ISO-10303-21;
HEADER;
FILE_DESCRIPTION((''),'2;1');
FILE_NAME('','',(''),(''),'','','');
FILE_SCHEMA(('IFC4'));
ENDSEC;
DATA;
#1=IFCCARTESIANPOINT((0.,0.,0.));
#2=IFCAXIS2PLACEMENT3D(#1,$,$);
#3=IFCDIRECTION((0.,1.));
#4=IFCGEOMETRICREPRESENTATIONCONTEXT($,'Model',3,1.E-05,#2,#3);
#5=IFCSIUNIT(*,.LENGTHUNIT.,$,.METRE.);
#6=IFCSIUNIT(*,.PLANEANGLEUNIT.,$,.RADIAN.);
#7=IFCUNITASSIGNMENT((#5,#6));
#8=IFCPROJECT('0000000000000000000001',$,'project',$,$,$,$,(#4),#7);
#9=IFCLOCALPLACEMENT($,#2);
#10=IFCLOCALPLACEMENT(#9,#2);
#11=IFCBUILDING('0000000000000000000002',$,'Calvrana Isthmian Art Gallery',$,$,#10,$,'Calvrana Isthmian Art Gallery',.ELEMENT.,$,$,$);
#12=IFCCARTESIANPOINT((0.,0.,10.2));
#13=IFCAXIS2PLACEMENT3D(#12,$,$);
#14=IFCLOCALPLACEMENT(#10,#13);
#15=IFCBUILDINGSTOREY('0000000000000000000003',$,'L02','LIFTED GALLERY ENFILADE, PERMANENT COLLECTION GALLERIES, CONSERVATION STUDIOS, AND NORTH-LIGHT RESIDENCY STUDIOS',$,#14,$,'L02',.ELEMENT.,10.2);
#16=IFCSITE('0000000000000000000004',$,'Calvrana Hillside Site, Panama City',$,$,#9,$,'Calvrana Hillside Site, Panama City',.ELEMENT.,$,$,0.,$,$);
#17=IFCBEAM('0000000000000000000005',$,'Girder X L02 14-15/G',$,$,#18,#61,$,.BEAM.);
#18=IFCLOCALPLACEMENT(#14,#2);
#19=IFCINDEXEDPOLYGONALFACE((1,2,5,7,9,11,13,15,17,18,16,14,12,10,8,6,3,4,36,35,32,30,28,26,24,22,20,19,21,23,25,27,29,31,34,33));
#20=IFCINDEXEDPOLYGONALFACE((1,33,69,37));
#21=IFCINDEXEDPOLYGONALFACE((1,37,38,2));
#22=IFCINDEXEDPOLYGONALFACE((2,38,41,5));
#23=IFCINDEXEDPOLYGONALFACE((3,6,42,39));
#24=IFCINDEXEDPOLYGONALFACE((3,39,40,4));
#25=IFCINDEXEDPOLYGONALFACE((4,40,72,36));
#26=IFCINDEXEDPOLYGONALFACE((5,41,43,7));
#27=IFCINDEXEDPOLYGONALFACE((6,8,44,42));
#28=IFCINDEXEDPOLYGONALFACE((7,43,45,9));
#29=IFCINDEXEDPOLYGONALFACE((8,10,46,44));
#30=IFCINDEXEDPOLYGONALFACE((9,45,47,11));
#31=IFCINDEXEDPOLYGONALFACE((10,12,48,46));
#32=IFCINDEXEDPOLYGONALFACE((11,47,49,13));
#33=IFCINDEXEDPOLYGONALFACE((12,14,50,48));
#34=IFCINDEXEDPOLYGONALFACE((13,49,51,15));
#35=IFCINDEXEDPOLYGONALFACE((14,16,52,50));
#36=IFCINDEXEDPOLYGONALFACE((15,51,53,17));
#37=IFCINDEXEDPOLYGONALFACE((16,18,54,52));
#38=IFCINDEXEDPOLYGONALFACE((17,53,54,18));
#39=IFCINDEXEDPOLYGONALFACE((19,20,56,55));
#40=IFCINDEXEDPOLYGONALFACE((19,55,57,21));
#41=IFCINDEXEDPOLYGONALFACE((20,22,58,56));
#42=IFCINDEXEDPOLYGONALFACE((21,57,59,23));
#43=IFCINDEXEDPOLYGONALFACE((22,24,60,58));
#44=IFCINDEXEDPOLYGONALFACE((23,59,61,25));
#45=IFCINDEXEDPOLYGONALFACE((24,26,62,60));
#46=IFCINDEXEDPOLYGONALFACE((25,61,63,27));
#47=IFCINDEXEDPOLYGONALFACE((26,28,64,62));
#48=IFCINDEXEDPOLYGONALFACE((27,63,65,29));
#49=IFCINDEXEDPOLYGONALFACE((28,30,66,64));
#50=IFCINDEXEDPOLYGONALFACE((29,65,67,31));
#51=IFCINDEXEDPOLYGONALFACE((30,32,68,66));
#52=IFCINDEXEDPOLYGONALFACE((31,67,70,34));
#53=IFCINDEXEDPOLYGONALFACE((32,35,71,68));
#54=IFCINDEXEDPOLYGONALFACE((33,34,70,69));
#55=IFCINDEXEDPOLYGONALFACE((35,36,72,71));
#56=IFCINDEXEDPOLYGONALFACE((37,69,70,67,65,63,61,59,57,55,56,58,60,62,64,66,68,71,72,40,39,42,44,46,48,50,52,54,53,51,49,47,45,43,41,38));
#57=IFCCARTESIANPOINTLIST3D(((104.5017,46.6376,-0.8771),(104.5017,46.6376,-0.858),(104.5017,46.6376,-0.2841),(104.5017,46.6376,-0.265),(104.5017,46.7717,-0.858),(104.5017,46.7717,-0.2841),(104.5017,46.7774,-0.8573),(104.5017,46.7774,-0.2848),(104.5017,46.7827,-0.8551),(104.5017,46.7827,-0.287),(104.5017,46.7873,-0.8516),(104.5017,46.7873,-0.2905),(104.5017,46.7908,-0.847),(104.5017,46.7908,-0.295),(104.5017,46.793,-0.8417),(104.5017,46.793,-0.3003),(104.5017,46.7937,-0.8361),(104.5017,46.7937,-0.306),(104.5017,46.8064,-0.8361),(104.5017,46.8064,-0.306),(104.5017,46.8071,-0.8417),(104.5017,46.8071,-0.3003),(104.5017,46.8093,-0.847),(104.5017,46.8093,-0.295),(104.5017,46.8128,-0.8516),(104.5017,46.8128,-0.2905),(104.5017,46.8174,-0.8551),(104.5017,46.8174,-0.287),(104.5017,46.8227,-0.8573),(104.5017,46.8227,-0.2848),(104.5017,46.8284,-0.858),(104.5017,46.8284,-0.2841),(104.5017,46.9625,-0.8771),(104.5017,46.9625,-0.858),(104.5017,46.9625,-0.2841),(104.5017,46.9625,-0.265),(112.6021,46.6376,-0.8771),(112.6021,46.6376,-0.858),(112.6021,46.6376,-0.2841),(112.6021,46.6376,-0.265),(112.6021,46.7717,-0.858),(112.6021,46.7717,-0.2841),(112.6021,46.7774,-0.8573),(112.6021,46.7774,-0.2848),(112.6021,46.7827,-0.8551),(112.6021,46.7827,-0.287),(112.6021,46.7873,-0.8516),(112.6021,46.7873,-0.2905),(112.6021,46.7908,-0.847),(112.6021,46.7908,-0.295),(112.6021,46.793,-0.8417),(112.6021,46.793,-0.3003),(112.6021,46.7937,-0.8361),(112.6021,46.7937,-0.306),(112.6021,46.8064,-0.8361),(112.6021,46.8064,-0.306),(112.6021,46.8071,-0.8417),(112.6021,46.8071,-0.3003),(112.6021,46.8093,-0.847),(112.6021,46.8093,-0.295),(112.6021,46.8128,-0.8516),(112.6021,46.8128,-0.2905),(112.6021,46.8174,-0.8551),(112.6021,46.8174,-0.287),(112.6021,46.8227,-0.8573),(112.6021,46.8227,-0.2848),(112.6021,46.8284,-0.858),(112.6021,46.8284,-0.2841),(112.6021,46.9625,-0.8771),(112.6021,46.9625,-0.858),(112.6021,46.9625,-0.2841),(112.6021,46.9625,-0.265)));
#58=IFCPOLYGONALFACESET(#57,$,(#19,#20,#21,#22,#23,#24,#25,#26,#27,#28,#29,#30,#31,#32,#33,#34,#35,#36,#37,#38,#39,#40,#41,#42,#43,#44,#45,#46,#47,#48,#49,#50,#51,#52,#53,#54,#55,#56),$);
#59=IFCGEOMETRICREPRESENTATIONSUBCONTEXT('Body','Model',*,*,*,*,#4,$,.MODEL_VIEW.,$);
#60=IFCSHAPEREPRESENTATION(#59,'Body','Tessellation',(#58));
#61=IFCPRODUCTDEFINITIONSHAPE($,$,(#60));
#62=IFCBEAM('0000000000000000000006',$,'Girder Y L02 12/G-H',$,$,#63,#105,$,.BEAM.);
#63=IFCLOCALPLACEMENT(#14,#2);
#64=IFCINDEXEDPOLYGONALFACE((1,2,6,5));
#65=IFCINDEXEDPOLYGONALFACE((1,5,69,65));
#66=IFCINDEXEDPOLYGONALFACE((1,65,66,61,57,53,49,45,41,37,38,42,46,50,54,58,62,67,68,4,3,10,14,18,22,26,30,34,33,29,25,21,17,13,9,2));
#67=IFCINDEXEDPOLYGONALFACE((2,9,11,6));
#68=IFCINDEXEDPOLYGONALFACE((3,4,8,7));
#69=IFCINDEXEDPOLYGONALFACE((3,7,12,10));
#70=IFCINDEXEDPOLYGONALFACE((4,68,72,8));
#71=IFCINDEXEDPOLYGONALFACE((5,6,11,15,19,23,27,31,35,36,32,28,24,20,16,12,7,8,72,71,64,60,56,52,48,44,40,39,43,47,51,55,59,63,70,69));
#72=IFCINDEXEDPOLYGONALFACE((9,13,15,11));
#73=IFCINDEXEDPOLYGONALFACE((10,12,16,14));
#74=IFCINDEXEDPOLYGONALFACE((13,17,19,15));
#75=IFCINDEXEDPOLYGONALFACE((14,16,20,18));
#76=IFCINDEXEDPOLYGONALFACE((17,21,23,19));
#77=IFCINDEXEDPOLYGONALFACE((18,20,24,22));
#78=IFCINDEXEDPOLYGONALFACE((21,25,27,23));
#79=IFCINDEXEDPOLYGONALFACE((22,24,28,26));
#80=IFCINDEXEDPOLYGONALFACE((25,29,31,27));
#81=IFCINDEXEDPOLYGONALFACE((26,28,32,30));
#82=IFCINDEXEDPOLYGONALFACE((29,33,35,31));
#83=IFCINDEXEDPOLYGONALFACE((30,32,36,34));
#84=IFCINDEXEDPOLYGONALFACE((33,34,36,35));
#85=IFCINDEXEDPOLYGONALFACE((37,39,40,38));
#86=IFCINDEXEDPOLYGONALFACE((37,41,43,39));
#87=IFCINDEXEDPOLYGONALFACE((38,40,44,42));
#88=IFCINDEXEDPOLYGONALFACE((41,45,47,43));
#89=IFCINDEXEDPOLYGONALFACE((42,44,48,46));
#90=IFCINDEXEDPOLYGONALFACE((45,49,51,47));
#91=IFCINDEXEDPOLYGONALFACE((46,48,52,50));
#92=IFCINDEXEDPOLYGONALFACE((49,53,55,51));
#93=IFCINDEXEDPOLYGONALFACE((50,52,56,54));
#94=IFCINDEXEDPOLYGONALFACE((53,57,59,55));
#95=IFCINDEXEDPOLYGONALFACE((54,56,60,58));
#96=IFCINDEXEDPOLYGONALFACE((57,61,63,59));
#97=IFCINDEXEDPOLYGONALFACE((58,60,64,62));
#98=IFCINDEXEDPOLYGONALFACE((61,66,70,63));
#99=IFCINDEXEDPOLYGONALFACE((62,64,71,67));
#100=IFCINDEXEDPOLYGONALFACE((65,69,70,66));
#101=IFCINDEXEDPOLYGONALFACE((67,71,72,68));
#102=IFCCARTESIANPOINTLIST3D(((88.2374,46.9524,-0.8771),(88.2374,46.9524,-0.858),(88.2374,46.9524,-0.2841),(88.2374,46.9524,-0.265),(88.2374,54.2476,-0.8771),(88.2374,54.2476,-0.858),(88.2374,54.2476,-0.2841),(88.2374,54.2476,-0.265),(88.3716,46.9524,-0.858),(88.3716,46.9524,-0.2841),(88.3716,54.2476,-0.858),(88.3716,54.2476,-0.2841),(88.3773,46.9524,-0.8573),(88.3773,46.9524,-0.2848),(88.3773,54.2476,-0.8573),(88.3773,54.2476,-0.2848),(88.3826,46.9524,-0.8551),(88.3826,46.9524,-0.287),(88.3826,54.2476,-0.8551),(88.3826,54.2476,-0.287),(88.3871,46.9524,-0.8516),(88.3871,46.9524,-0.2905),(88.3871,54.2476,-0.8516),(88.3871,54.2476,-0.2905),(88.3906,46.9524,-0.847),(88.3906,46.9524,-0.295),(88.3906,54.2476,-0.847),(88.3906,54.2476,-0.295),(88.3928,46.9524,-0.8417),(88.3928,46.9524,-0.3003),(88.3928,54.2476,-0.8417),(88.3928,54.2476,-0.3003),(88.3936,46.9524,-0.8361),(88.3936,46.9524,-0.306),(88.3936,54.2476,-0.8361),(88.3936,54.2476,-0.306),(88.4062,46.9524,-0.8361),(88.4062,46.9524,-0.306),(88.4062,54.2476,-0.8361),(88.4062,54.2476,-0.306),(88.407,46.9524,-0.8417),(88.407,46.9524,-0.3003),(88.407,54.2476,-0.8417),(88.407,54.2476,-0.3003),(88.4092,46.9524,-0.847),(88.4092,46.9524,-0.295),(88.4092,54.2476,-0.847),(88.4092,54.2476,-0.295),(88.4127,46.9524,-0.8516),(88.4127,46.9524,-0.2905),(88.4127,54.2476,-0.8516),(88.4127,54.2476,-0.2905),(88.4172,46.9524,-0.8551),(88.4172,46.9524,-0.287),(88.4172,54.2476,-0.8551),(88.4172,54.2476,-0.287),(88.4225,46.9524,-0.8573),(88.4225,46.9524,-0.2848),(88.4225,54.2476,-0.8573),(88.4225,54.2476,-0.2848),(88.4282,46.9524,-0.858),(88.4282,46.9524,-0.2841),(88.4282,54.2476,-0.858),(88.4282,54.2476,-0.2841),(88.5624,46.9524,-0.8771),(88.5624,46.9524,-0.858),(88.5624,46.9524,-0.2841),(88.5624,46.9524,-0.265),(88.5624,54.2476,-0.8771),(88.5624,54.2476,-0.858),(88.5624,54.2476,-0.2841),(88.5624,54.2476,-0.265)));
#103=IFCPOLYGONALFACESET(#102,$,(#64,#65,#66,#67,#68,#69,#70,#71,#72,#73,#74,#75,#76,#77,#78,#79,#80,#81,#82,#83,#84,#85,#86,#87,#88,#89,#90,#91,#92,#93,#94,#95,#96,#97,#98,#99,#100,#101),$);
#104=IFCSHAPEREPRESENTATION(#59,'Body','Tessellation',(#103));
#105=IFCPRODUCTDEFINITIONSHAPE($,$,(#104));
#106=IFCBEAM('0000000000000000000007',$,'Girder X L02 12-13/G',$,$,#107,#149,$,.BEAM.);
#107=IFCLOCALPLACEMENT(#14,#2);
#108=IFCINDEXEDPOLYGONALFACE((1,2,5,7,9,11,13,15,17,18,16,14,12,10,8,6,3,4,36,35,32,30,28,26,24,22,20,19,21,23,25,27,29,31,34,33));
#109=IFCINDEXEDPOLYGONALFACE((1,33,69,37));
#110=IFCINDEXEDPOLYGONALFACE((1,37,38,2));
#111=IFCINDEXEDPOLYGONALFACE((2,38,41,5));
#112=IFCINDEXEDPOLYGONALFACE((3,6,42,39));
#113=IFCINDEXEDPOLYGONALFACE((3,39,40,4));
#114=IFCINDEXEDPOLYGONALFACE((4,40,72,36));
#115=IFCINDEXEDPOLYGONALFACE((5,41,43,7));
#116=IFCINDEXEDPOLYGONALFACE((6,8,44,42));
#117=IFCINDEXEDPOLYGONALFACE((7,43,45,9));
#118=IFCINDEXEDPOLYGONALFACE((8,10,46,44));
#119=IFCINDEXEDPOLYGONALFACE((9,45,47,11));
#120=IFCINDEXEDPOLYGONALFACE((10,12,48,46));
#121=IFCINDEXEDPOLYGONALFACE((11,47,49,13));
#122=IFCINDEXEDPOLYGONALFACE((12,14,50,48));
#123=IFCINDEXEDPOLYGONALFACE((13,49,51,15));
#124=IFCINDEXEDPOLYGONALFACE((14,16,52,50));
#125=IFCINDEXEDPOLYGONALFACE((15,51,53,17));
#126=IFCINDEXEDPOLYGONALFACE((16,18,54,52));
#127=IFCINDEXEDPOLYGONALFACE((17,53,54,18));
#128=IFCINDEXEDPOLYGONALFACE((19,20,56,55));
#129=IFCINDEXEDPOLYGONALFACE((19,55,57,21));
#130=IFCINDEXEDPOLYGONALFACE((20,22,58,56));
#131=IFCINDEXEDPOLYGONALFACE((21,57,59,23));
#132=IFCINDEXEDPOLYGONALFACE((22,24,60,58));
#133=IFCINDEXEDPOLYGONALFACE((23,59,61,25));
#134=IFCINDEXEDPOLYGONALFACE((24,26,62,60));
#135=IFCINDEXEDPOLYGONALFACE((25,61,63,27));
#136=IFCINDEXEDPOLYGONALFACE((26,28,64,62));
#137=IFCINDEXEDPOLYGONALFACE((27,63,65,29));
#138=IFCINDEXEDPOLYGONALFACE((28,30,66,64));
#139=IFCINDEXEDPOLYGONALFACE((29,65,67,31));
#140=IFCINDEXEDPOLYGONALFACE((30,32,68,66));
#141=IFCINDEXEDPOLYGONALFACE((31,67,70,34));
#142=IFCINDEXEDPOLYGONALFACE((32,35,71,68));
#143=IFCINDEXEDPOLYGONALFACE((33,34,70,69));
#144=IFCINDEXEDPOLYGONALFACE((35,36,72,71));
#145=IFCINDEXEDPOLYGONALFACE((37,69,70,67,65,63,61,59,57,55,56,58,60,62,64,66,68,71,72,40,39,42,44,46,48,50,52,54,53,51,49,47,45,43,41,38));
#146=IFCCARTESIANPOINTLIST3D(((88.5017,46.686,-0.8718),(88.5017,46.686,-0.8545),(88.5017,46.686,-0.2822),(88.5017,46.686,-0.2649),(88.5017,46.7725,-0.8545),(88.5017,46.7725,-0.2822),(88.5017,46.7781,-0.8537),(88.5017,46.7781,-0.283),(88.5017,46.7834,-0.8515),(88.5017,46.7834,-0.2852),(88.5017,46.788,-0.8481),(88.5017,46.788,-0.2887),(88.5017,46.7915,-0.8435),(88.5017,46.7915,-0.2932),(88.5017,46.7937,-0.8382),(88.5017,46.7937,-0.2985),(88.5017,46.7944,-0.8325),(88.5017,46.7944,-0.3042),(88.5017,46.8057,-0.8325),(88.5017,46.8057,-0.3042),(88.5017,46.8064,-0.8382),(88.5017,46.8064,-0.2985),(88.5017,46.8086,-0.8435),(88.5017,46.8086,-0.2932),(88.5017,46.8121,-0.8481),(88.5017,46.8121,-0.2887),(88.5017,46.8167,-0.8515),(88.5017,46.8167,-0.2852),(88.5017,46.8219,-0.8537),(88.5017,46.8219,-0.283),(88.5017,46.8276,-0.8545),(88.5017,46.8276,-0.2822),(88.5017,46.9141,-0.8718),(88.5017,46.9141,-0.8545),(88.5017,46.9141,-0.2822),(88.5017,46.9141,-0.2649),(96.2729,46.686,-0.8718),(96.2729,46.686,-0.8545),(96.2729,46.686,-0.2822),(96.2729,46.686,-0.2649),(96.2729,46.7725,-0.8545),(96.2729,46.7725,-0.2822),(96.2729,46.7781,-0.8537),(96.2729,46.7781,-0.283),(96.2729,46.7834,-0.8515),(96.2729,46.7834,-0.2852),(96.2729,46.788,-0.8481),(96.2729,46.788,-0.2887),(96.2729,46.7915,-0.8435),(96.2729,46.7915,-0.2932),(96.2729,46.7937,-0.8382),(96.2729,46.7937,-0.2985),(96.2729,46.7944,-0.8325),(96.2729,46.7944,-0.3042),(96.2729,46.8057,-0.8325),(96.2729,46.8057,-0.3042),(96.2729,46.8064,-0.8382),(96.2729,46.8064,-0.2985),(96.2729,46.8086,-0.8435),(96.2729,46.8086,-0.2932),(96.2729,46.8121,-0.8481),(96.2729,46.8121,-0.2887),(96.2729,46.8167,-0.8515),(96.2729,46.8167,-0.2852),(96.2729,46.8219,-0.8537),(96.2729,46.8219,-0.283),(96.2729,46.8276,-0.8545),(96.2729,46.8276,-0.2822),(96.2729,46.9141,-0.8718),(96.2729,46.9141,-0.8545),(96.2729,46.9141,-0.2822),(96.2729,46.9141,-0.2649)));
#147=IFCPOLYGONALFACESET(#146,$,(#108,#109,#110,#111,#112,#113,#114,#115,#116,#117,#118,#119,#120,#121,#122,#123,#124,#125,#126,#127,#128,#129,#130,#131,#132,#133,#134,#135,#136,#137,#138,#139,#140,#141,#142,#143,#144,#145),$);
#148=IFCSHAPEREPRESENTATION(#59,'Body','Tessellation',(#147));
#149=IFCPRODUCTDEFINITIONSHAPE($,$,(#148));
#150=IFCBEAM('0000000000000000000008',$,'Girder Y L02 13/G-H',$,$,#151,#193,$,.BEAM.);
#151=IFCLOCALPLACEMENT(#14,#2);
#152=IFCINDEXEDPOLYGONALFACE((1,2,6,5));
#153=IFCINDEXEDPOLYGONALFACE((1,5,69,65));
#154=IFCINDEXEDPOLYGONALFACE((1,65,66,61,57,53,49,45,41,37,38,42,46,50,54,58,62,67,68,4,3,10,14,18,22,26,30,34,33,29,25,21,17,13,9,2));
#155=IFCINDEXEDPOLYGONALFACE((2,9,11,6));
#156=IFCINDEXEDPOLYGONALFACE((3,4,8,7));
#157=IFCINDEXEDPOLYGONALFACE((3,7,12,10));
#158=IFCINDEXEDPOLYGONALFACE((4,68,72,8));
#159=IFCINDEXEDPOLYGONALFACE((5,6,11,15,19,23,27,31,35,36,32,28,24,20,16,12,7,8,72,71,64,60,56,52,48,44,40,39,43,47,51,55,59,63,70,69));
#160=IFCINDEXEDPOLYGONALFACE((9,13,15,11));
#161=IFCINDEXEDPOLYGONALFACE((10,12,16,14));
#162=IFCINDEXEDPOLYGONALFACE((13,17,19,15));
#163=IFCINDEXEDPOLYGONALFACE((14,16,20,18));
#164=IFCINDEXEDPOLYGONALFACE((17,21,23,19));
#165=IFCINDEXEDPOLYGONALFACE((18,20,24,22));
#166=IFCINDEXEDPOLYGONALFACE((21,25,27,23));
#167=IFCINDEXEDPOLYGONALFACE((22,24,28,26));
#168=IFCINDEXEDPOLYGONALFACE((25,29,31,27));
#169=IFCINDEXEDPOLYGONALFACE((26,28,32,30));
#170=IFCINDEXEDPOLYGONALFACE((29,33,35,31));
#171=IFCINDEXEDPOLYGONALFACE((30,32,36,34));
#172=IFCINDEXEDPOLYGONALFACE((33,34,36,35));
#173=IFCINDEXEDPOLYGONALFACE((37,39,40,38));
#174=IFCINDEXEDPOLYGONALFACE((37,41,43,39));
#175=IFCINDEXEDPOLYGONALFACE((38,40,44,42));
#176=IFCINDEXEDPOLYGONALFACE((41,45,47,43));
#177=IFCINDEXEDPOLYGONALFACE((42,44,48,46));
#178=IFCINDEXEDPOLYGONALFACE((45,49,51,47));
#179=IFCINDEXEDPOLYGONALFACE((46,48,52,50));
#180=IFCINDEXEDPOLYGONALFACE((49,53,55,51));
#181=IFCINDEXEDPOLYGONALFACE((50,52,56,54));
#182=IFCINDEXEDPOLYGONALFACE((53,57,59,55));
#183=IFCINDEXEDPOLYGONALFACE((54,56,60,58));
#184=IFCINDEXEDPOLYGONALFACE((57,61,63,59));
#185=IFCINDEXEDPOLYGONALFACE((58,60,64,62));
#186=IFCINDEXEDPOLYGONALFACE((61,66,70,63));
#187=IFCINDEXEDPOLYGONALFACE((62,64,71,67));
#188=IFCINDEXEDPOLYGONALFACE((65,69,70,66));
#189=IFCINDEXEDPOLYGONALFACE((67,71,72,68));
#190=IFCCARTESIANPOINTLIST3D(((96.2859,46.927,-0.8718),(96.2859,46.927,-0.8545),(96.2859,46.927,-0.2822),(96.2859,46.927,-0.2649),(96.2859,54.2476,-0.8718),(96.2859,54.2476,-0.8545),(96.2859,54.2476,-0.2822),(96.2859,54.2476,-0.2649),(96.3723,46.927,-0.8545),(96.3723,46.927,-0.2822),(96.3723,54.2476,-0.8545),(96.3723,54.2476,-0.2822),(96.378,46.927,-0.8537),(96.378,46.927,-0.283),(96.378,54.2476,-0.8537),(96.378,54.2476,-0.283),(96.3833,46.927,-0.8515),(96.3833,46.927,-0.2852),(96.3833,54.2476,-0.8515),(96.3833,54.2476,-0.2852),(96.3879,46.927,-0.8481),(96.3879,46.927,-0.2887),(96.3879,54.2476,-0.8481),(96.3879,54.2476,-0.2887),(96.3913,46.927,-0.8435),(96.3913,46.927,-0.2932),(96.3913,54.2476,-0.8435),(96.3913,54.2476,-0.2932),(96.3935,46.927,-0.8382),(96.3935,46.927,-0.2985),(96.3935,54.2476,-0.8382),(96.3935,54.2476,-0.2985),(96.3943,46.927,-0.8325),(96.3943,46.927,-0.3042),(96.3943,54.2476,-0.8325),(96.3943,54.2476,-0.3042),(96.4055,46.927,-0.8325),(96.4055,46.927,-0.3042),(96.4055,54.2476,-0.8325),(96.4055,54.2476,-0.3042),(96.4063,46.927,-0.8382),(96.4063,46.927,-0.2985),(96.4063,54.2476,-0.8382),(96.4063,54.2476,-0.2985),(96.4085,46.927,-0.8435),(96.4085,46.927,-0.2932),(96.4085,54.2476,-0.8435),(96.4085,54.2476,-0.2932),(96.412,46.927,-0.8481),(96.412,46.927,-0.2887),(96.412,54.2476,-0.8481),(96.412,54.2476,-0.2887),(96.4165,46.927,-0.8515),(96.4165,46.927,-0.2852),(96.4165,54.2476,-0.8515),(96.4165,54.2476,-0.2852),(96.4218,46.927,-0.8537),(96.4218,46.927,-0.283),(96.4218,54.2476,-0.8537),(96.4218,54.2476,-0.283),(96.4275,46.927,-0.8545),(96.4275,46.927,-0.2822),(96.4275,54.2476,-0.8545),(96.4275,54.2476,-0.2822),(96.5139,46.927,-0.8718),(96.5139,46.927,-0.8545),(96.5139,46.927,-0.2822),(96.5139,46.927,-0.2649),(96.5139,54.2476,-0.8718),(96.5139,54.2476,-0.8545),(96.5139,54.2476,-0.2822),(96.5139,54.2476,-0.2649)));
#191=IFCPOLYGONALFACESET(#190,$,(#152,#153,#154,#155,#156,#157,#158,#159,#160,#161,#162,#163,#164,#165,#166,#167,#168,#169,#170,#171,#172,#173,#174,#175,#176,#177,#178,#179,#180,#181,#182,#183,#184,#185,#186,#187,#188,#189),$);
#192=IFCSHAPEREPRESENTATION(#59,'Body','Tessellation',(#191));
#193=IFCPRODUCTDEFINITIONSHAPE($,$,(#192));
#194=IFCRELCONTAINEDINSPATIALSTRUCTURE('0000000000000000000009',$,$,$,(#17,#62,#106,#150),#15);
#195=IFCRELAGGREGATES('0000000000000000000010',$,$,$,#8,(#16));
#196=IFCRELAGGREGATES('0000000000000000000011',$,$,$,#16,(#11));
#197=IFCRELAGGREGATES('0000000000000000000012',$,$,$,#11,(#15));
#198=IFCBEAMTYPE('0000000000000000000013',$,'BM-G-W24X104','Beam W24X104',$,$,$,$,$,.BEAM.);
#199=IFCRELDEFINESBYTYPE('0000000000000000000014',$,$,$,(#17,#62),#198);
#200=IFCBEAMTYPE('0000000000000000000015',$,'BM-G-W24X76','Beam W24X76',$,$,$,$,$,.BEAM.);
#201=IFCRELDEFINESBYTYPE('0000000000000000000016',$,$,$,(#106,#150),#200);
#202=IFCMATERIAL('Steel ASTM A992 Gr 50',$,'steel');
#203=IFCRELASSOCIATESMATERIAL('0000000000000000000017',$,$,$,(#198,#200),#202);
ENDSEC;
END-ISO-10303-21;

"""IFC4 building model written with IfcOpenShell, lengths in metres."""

from ifc_helpers import new_model, si_unit, direction, frame, origin, origin_2d, place, context, subcontext, project, spatial, i_section, extrude, material, material_profile, profile_set, type_object, element, save


model = new_model("IFC4")

# Units and contexts
model_context = context("Model", 3, precision=1e-05, world=origin(), true_north=direction((0.0, 1.0)))
body_context = subcontext(model_context, "Body", "Model", "MODEL_VIEW")
ifc_project = project(units=[si_unit("LENGTHUNIT", "METRE"), si_unit("PLANEANGLEUNIT", "RADIAN")], contexts=[model_context])

# Site, building, storey
site_placement = place(None, origin())
site = spatial("IfcSite", under=ifc_project, at=site_placement, Name="Calvrana Hillside Site, Panama City", LongName="Calvrana Hillside Site, Panama City", CompositionType="ELEMENT", RefElevation=0.0)
building_placement = place(site_placement, origin())
building = spatial("IfcBuilding", under=site, at=building_placement, Name="Calvrana Isthmian Art Gallery", LongName="Calvrana Isthmian Art Gallery", CompositionType="ELEMENT")
storey_placement = place(building_placement, frame((0.0, 0.0, 10.2)))
storey = spatial("IfcBuildingStorey", under=building, at=storey_placement, Name="L02", Description="LIFTED GALLERY ENFILADE, PERMANENT COLLECTION GALLERIES, CONSERVATION STUDIOS, AND NORTH-LIGHT RESIDENCY STUDIOS", LongName="L02", CompositionType="ELEMENT", Elevation=10.2)

# Shared definitions
ifc_material_1 = material(Name="Steel ASTM A992 Gr 50", Category="steel")

# Beams
ifc_material_profile_1 = material_profile(ifc_material_1, i_section(OverallWidth=0.325, OverallDepth=0.6121, WebThickness=0.0127, FlangeThickness=0.019, FilletRadius=0.022, at=origin_2d()), Name="W24X104")
ifc_profile_set_1 = profile_set([ifc_material_profile_1], Name="Steel ASTM A992 Gr 50")
beam_type_1 = type_object("IfcBeamType", Name="BM-G-W24X104", Description="Beam W24X104", PredefinedType="BEAM", material=ifc_profile_set_1)
beam_1_placement = place(storey_placement, frame((104.5017, 46.8, -0.571), z_axis=(1.0, 0.0, 0.0), x_axis=(0.0, 1.0, 0.0)))
element("IfcBeam", 1, at=beam_1_placement, inside=storey, type_object=beam_type_1, Name="Girder X L02 14-15/G", PredefinedType="BEAM", context=body_context, shape_type="SweptSolid", body=[
    extrude(i_section(OverallWidth=0.325, OverallDepth=0.6121, WebThickness=0.0127, FlangeThickness=0.019, FilletRadius=0.022, at=origin_2d()), origin(), (0.0, 0.0, 1.0), 8.1003),
])
beam_2_placement = place(storey_placement, frame((88.3999, 46.9524, -0.571), z_axis=(0.0, 1.0, 0.0), x_axis=(-1.0, 0.0, 0.0)))
element("IfcBeam", 2, at=beam_2_placement, inside=storey, type_object=beam_type_1, Name="Girder Y L02 12/G-H", PredefinedType="BEAM", context=body_context, shape_type="SweptSolid", body=[
    extrude(i_section(OverallWidth=0.325, OverallDepth=0.6121, WebThickness=0.0127, FlangeThickness=0.019, FilletRadius=0.022, at=origin_2d()), origin(), (0.0, 0.0, 1.0), 7.2952),
])
ifc_material_profile_2 = material_profile(ifc_material_1, i_section(OverallWidth=0.228, OverallDepth=0.6069, WebThickness=0.0112, FlangeThickness=0.0173, FilletRadius=0.022, at=origin_2d()), Name="W24X76")
ifc_profile_set_2 = profile_set([ifc_material_profile_2], Name="Steel ASTM A992 Gr 50")
beam_type_2 = type_object("IfcBeamType", Name="BM-G-W24X76", Description="Beam W24X76", PredefinedType="BEAM", material=ifc_profile_set_2)
beam_3_placement = place(storey_placement, frame((88.5017, 46.8, -0.5684), z_axis=(1.0, 0.0, 0.0), x_axis=(0.0, 1.0, 0.0)))
element("IfcBeam", 3, at=beam_3_placement, inside=storey, type_object=beam_type_2, Name="Girder X L02 12-13/G", PredefinedType="BEAM", context=body_context, shape_type="SweptSolid", body=[
    extrude(i_section(OverallWidth=0.228, OverallDepth=0.6069, WebThickness=0.0112, FlangeThickness=0.0173, FilletRadius=0.022, at=origin_2d()), origin(), (0.0, 0.0, 1.0), 7.7712),
])
beam_4_placement = place(storey_placement, frame((96.3999, 46.927, -0.5684), z_axis=(0.0, 1.0, 0.0), x_axis=(-1.0, 0.0, 0.0)))
element("IfcBeam", 4, at=beam_4_placement, inside=storey, type_object=beam_type_2, Name="Girder Y L02 13/G-H", PredefinedType="BEAM", context=body_context, shape_type="SweptSolid", body=[
    extrude(i_section(OverallWidth=0.228, OverallDepth=0.6069, WebThickness=0.0112, FlangeThickness=0.0173, FilletRadius=0.022, at=origin_2d()), origin(), (0.0, 0.0, 1.0), 7.3206),
])

save(model, "model.ifc")
